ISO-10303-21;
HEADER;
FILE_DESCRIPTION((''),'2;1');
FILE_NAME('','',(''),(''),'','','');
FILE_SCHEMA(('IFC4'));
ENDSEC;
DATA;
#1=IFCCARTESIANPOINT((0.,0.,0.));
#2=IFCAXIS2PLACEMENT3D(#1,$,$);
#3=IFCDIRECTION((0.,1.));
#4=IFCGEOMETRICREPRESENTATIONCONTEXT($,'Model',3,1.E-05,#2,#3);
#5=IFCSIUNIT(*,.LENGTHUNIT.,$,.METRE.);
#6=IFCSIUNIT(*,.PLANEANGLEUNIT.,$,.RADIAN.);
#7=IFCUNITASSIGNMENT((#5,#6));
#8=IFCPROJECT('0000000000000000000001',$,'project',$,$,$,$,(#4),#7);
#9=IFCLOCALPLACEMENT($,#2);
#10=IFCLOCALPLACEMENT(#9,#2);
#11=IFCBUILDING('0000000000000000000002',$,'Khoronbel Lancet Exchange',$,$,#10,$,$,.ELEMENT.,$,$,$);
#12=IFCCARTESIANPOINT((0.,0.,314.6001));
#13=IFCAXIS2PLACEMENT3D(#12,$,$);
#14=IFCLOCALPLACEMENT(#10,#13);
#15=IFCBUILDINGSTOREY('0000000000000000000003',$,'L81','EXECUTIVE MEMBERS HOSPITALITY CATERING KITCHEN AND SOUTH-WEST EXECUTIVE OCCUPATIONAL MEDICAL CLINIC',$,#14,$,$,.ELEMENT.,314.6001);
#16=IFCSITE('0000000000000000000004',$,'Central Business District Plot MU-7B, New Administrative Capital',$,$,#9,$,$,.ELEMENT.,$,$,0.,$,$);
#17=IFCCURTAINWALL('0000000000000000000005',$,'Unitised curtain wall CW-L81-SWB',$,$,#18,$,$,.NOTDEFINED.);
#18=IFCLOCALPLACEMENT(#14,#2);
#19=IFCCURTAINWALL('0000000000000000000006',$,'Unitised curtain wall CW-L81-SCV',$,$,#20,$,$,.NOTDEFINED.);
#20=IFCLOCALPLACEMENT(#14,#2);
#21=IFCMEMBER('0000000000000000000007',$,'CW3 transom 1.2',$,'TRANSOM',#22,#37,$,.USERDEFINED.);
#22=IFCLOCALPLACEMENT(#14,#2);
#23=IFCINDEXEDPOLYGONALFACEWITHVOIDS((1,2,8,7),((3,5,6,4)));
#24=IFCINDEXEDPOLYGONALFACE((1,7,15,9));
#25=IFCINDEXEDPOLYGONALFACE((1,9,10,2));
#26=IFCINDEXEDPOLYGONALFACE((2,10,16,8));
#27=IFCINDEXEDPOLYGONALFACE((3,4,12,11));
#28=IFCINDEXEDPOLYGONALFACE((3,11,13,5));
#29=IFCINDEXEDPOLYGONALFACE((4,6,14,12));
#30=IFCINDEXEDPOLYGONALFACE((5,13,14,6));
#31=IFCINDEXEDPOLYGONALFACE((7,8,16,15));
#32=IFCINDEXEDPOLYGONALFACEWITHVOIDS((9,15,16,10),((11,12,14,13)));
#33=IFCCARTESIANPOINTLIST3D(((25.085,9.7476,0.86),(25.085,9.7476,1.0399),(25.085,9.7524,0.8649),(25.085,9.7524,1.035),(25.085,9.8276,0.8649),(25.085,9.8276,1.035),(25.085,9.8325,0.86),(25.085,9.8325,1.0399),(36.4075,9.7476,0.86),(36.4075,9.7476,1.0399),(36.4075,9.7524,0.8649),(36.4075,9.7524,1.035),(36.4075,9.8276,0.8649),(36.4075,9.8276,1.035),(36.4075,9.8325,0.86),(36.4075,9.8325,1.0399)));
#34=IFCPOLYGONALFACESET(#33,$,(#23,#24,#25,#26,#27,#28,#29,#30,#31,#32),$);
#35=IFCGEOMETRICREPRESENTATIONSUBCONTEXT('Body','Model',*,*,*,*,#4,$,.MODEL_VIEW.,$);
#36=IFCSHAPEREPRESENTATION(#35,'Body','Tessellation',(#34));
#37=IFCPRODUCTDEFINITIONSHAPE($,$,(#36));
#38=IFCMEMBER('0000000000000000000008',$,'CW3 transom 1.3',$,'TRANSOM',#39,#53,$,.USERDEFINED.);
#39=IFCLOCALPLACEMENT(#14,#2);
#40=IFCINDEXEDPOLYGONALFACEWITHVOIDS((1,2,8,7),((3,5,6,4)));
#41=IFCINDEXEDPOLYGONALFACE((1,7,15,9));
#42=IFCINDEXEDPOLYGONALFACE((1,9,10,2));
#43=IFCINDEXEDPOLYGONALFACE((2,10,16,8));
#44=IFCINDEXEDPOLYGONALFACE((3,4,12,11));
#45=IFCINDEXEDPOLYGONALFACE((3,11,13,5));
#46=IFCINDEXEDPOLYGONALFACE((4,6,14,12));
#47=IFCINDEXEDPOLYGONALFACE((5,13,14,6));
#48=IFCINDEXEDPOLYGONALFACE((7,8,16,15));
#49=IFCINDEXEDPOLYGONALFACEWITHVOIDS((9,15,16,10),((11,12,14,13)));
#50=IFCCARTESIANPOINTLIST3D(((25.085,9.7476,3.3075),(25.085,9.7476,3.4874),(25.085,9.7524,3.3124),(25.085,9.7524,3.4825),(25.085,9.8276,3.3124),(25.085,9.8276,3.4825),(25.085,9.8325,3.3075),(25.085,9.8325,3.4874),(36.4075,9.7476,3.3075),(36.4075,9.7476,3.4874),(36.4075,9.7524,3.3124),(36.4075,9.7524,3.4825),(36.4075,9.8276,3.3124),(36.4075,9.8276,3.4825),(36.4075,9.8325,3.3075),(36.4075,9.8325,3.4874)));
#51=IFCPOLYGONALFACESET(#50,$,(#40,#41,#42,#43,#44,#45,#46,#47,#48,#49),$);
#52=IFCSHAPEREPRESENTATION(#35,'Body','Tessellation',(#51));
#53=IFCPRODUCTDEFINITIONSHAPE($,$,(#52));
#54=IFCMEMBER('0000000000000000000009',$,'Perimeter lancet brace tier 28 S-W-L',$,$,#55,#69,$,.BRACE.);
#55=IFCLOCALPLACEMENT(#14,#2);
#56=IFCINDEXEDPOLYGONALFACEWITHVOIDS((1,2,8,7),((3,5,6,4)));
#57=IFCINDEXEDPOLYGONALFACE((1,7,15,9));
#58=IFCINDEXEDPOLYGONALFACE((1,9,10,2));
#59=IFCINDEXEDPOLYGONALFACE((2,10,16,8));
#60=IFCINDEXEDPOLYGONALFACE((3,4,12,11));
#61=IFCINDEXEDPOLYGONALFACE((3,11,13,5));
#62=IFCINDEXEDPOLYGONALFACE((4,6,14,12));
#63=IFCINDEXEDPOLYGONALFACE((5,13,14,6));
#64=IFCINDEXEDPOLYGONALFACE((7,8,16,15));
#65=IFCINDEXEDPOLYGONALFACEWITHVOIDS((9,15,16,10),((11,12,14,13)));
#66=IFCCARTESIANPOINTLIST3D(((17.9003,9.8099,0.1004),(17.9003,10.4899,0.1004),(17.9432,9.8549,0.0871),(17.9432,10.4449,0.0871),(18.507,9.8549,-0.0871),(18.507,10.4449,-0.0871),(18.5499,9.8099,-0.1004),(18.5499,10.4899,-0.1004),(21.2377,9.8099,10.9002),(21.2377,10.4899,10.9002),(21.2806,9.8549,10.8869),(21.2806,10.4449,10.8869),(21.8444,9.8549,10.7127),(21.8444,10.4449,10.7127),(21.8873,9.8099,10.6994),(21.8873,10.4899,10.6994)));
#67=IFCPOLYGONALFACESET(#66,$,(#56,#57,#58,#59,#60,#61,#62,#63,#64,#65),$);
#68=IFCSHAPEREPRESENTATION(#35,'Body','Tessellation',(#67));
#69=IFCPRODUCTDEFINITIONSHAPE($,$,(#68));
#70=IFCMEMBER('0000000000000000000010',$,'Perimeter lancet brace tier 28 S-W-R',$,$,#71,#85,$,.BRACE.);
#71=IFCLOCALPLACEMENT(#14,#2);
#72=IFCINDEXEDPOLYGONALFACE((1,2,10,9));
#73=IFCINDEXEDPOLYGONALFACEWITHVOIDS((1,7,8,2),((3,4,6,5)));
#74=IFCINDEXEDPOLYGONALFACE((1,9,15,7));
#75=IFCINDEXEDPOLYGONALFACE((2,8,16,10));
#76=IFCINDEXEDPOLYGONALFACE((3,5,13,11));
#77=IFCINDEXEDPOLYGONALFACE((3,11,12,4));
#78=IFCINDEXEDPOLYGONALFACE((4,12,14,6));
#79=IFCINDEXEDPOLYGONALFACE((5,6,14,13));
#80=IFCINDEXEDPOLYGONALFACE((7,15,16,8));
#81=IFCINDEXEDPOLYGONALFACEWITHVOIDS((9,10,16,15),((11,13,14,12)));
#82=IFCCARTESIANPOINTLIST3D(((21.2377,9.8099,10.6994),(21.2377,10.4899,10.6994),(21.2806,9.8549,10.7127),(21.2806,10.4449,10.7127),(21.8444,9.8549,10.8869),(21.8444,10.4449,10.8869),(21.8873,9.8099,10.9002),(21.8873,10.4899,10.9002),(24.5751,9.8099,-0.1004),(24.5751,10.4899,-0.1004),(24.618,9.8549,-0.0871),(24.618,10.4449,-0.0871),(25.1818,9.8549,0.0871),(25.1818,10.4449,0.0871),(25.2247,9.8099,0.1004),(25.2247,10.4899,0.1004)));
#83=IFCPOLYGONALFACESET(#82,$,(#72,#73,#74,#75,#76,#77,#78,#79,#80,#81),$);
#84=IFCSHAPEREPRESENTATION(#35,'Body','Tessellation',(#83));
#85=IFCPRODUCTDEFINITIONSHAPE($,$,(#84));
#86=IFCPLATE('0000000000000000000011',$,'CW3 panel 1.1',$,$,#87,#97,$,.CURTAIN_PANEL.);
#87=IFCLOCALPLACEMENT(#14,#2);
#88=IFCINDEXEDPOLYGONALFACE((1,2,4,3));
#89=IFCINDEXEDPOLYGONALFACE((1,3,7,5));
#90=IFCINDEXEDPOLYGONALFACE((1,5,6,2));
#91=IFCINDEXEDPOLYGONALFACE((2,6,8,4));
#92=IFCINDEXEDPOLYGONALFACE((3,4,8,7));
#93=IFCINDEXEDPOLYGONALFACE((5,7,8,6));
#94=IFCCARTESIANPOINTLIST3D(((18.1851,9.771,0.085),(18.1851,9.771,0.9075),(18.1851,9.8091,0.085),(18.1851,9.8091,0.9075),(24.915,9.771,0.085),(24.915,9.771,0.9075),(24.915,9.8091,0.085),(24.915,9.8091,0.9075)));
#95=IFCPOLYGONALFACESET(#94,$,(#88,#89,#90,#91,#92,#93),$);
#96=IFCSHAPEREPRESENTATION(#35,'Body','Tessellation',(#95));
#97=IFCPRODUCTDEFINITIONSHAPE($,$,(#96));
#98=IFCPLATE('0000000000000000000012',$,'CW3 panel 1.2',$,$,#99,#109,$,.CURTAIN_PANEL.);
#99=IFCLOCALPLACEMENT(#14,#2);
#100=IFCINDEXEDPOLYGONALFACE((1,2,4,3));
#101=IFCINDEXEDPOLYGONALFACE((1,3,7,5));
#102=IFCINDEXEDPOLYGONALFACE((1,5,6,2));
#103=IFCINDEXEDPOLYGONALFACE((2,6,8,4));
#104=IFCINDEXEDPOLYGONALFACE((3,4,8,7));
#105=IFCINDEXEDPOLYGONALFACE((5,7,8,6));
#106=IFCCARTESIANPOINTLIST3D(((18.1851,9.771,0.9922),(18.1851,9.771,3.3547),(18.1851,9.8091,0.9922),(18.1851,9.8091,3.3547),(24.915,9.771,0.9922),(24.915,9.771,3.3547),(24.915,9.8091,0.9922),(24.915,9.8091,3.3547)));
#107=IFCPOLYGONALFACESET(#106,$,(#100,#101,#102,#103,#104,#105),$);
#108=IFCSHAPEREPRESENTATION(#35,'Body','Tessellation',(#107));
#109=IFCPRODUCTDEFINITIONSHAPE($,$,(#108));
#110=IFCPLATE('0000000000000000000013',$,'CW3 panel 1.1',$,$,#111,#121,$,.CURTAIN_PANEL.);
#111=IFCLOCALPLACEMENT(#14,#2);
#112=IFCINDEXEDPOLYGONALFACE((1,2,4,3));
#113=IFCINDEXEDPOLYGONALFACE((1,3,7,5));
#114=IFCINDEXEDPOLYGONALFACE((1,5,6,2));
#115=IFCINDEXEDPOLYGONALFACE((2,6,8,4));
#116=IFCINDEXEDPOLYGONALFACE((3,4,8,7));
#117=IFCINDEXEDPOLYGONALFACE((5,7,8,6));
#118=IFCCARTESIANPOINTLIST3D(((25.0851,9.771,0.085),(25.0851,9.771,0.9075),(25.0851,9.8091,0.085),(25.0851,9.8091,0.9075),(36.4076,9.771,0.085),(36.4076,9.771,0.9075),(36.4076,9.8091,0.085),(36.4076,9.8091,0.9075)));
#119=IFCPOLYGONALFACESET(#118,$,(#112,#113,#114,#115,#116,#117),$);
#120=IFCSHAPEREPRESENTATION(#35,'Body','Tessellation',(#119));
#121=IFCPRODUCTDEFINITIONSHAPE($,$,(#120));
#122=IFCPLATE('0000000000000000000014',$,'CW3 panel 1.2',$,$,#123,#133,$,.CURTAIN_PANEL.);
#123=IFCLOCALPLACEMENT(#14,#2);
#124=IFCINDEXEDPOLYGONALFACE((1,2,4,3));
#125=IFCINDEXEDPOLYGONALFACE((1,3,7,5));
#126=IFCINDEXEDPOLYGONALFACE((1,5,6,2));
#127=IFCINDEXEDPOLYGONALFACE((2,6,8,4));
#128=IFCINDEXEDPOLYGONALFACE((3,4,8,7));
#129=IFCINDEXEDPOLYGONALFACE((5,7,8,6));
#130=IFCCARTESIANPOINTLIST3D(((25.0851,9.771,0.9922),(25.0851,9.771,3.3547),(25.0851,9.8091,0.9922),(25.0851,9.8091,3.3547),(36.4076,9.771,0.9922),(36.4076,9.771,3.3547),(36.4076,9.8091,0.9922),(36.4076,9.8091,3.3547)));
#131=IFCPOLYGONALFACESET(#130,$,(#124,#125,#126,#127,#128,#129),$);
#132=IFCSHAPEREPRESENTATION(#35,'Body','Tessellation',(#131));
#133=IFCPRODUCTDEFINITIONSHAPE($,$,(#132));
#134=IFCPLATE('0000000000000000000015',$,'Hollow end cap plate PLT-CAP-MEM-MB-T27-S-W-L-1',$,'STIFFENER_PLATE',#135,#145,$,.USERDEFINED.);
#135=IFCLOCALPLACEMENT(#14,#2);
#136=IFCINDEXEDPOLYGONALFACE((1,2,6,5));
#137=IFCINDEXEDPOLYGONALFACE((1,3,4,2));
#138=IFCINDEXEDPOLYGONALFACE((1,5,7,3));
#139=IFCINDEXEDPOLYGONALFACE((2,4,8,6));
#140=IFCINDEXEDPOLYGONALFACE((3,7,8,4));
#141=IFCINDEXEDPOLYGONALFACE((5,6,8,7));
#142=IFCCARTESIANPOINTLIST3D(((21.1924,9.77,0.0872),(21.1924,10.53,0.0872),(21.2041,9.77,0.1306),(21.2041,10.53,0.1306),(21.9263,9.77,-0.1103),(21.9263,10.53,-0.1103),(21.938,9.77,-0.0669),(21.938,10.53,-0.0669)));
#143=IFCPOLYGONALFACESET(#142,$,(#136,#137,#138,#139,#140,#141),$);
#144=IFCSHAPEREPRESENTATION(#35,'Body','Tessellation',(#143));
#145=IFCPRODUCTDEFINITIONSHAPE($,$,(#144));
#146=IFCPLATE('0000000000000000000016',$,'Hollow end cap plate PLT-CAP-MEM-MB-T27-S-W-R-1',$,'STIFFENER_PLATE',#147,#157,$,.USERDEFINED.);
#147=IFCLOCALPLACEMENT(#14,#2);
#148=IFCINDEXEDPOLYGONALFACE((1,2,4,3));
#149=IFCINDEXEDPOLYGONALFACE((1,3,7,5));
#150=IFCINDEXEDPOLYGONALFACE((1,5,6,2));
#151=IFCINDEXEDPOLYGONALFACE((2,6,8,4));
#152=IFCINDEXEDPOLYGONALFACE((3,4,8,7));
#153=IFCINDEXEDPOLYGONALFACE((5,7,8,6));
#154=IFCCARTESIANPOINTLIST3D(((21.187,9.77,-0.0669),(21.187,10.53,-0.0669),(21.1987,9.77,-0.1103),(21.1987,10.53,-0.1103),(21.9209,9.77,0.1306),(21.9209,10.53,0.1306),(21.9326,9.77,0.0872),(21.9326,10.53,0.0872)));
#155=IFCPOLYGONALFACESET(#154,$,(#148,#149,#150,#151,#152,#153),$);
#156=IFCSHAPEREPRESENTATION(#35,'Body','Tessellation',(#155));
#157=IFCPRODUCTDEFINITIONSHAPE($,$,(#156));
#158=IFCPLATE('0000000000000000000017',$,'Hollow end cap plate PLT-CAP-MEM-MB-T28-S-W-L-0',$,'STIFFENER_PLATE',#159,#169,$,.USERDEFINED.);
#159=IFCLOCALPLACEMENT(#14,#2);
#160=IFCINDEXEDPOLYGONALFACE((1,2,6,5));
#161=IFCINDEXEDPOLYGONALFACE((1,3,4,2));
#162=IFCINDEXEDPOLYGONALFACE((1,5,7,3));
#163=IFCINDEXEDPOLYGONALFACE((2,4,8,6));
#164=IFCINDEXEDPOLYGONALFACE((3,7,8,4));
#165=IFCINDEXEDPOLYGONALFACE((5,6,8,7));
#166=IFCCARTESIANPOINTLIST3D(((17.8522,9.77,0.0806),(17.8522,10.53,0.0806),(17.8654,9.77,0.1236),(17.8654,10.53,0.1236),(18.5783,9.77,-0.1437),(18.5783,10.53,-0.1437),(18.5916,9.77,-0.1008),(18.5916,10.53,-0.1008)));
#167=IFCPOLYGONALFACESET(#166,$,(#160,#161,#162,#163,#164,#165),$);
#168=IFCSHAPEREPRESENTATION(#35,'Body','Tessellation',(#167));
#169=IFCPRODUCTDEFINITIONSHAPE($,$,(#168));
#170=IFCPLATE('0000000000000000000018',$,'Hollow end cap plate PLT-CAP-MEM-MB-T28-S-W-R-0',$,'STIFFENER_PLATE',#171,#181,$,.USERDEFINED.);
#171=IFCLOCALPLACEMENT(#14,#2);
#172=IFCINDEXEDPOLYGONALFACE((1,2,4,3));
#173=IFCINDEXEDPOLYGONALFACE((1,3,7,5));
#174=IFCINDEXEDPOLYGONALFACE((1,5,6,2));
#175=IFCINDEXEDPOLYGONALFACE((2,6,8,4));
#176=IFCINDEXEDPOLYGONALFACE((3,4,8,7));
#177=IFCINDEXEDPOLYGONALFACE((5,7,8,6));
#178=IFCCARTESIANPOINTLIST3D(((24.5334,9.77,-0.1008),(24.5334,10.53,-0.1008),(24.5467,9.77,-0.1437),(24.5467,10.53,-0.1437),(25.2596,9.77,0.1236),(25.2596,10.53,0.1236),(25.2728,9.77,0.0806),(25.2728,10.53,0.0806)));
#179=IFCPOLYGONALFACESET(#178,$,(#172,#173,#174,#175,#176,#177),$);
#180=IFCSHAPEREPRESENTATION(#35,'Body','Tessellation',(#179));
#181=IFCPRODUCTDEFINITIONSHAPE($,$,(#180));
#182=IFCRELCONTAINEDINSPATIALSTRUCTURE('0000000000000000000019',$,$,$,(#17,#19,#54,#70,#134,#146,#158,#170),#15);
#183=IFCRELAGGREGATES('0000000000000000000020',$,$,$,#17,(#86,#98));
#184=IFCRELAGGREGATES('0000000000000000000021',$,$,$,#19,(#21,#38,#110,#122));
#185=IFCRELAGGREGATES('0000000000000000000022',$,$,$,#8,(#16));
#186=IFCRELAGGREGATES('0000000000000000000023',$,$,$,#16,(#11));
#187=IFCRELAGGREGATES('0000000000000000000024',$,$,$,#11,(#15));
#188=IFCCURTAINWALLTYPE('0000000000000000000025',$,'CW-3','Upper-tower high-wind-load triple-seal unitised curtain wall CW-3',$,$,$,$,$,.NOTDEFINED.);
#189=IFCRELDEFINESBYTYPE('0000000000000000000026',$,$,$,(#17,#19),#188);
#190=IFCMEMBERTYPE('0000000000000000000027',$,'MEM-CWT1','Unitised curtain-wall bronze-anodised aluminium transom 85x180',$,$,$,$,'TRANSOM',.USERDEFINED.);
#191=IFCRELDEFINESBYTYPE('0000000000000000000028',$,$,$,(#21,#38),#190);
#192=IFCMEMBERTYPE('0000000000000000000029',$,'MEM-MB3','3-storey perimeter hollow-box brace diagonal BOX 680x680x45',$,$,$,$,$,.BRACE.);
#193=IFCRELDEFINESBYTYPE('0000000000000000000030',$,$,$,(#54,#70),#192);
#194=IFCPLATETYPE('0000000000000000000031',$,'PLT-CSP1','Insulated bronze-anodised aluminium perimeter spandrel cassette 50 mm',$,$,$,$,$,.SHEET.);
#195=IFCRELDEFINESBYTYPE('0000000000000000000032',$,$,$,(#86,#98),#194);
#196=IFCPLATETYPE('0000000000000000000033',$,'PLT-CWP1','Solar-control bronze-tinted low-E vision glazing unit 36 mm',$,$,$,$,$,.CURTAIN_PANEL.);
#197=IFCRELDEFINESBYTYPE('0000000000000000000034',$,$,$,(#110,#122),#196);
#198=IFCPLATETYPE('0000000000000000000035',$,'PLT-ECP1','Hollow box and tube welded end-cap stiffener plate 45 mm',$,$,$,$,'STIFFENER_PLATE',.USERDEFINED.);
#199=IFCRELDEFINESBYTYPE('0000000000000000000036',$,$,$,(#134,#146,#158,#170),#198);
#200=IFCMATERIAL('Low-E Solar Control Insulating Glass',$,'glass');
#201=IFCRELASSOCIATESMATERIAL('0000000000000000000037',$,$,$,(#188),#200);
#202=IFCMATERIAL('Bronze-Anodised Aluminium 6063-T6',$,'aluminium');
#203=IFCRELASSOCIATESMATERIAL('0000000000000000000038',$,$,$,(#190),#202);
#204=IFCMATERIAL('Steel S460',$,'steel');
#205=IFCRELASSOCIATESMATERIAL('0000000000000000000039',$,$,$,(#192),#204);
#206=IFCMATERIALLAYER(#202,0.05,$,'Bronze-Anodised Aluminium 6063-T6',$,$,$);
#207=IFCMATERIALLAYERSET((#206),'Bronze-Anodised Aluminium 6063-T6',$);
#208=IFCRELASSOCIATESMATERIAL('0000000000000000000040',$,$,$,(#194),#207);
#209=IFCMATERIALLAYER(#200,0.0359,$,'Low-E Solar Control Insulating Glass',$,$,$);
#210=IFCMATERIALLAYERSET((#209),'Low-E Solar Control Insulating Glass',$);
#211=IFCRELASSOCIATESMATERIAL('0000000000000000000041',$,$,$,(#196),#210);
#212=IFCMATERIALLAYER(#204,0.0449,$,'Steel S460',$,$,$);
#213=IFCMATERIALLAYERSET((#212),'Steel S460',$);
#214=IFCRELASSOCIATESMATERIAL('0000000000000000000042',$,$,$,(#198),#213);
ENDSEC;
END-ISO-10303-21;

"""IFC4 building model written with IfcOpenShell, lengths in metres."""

from ifc_helpers import new_model, si_unit, direction, frame, origin, origin_2d, place, context, subcontext, project, spatial, polyline, rectangle, hollow_rectangle, outline, extrude, material, layer, layer_set, material_profile, profile_set, type_object, element, aggregate, save


model = new_model("IFC4")

# Units and contexts
model_context = context("Model", 3, precision=1e-05, world=origin(), true_north=direction((0.0, 1.0)))
body_context = subcontext(model_context, "Body", "Model", "MODEL_VIEW")
ifc_project = project(units=[si_unit("LENGTHUNIT", "METRE"), si_unit("PLANEANGLEUNIT", "RADIAN")], contexts=[model_context])

# Site, building, storey
site_placement = place(None, origin())
site = spatial("IfcSite", under=ifc_project, at=site_placement, Name="Central Business District Plot MU-7B, New Administrative Capital", CompositionType="ELEMENT", RefElevation=0.0)
building_placement = place(site_placement, origin())
building = spatial("IfcBuilding", under=site, at=building_placement, Name="Khoronbel Lancet Exchange", CompositionType="ELEMENT")
storey_placement = place(building_placement, frame((0.0, 0.0, 314.6001)))
storey = spatial("IfcBuildingStorey", under=building, at=storey_placement, Name="L81", Description="EXECUTIVE MEMBERS HOSPITALITY CATERING KITCHEN AND SOUTH-WEST EXECUTIVE OCCUPATIONAL MEDICAL CLINIC", CompositionType="ELEMENT", Elevation=314.6001)

# Shared definitions
ifc_material_1 = material(Name="Steel S460", Category="steel")

# Curtain wall
ifc_material_2 = material(Name="Low-E Solar Control Insulating Glass", Category="glass")
curtain_wall_type = type_object("IfcCurtainWallType", Name="CW-3", Description="Upper-tower high-wind-load triple-seal unitised curtain wall CW-3", PredefinedType="NOTDEFINED", material=ifc_material_2)
curtain_wall_1_placement = place(storey_placement, origin())
curtain_wall_1 = element("IfcCurtainWall", 1, at=curtain_wall_1_placement, inside=storey, type_object=curtain_wall_type, Name="Unitised curtain wall CW-L81-SWB", PredefinedType="NOTDEFINED")
ifc_material_3 = material(Name="Bronze-Anodised Aluminium 6063-T6", Category="aluminium")

# Curtain wall, members
curtain_wall_2_placement = place(storey_placement, origin())
curtain_wall_2 = element("IfcCurtainWall", 2, at=curtain_wall_2_placement, inside=storey, type_object=curtain_wall_type, Name="Unitised curtain wall CW-L81-SCV", PredefinedType="NOTDEFINED")
ifc_material_profile_1 = material_profile(ifc_material_3, hollow_rectangle(XDim=0.085, YDim=0.1799, WallThickness=0.0049, at=origin_2d()), Name="ALU TRANSOM 85x180")
ifc_profile_set_1 = profile_set([ifc_material_profile_1], Name="Bronze-Anodised Aluminium 6063-T6")
member_type_1 = type_object("IfcMemberType", Name="MEM-CWT1", Description="Unitised curtain-wall bronze-anodised aluminium transom 85x180", ElementType="TRANSOM", PredefinedType="USERDEFINED", material=ifc_profile_set_1)
member_1_placement = place(storey_placement, frame((25.085, 9.79, 0.95), z_axis=(1.0, 0.0, 0.0), x_axis=(0.0, 1.0, 0.0)))
member_1 = element("IfcMember", 3, at=member_1_placement, type_object=member_type_1, Name="CW3 transom 1.2", ObjectType="TRANSOM", PredefinedType="USERDEFINED", context=body_context, shape_type="SweptSolid", body=[
    extrude(hollow_rectangle(XDim=0.085, YDim=0.1799, WallThickness=0.0049, at=origin_2d()), origin(), (0.0, 0.0, 1.0), 11.3225),
])
member_2_placement = place(storey_placement, frame((25.085, 9.79, 3.3975), z_axis=(1.0, 0.0, 0.0), x_axis=(0.0, 1.0, 0.0)))
member_2 = element("IfcMember", 4, at=member_2_placement, type_object=member_type_1, Name="CW3 transom 1.3", ObjectType="TRANSOM", PredefinedType="USERDEFINED", context=body_context, shape_type="SweptSolid", body=[
    extrude(hollow_rectangle(XDim=0.085, YDim=0.1799, WallThickness=0.0049, at=origin_2d()), origin(), (0.0, 0.0, 1.0), 11.3225),
])

# Members
ifc_material_profile_2 = material_profile(ifc_material_1, hollow_rectangle(XDim=0.6799, YDim=0.6799, WallThickness=0.0449, at=origin_2d()), Name="BOX 680x680x45")
ifc_profile_set_2 = profile_set([ifc_material_profile_2], Name="Steel S460")
member_type_2 = type_object("IfcMemberType", Name="MEM-MB3", Description="3-storey perimeter hollow-box brace diagonal BOX 680x680x45", PredefinedType="BRACE", material=ifc_profile_set_2)
for number, where, z_axis, x_axis, name in (
    (5, (18.2251, 10.1499, 0.0), (0.295248, 0.0, 0.955421), (0.0, 1.0, 0.0), "Perimeter lancet brace tier 28 S-W-L"),
    (6, (24.8999, 10.1499, 0.0), (-0.295248, 0.0, 0.955421), (0.0, -1.0, 0.0), "Perimeter lancet brace tier 28 S-W-R"),
):
    element("IfcMember", number, at=place(storey_placement, frame(where, z_axis=z_axis, x_axis=x_axis)), inside=storey, type_object=member_type_2, Name=name, PredefinedType="BRACE", context=body_context, shape_type="SweptSolid", body=[
        extrude(hollow_rectangle(XDim=0.6799, YDim=0.6799, WallThickness=0.0449, at=origin_2d()), origin(), (0.0, 0.0, 1.0), 11.3037),
    ])

# Plates
ifc_layer_1 = layer(ifc_material_3, 0.05, Name="Bronze-Anodised Aluminium 6063-T6")
ifc_layer_set_1 = layer_set([ifc_layer_1], Name="Bronze-Anodised Aluminium 6063-T6")
plate_type_1 = type_object("IfcPlateType", Name="PLT-CSP1", Description="Insulated bronze-anodised aluminium perimeter spandrel cassette 50 mm", PredefinedType="SHEET", material=ifc_layer_set_1)
plate_1_placement = place(storey_placement, frame((21.55, 9.79, 0.085), z_axis=(0.0, 0.0, 1.0), x_axis=(1.0, 0.0, 0.0)))
plate_1 = element("IfcPlate", 7, at=plate_1_placement, type_object=plate_type_1, Name="CW3 panel 1.1", PredefinedType="CURTAIN_PANEL", context=body_context, shape_type="SweptSolid", body=[
    extrude(rectangle(XDim=6.73, YDim=0.0381, at=origin_2d()), origin(), (0.0, 0.0, 1.0), 0.8225),
])
plate_2_placement = place(storey_placement, frame((21.55, 9.79, 0.9922), z_axis=(0.0, 0.0, 1.0), x_axis=(1.0, 0.0, 0.0)))
plate_2 = element("IfcPlate", 8, at=plate_2_placement, type_object=plate_type_1, Name="CW3 panel 1.2", PredefinedType="CURTAIN_PANEL", context=body_context, shape_type="SweptSolid", body=[
    extrude(rectangle(XDim=6.73, YDim=0.0381, at=origin_2d()), origin(), (0.0, 0.0, 1.0), 2.3625),
])
aggregate(curtain_wall_1, [plate_1, plate_2])
ifc_layer_2 = layer(ifc_material_2, 0.0359, Name="Low-E Solar Control Insulating Glass")
ifc_layer_set_2 = layer_set([ifc_layer_2], Name="Low-E Solar Control Insulating Glass")
plate_type_2 = type_object("IfcPlateType", Name="PLT-CWP1", Description="Solar-control bronze-tinted low-E vision glazing unit 36 mm", PredefinedType="CURTAIN_PANEL", material=ifc_layer_set_2)
plate_3_placement = place(storey_placement, frame((30.7463, 9.79, 0.085), z_axis=(0.0, 0.0, 1.0), x_axis=(1.0, 0.0, 0.0)))
plate_3 = element("IfcPlate", 9, at=plate_3_placement, type_object=plate_type_2, Name="CW3 panel 1.1", PredefinedType="CURTAIN_PANEL", context=body_context, shape_type="SweptSolid", body=[
    extrude(rectangle(XDim=11.3225, YDim=0.0381, at=origin_2d()), origin(), (0.0, 0.0, 1.0), 0.8225),
])
plate_4_placement = place(storey_placement, frame((30.7463, 9.79, 0.9922), z_axis=(0.0, 0.0, 1.0), x_axis=(1.0, 0.0, 0.0)))
plate_4 = element("IfcPlate", 10, at=plate_4_placement, type_object=plate_type_2, Name="CW3 panel 1.2", PredefinedType="CURTAIN_PANEL", context=body_context, shape_type="SweptSolid", body=[
    extrude(rectangle(XDim=11.3225, YDim=0.0381, at=origin_2d()), origin(), (0.0, 0.0, 1.0), 2.3625),
])
aggregate(curtain_wall_2, [member_1, member_2, plate_3, plate_4])

# Plates
ifc_layer_3 = layer(ifc_material_1, 0.0449, Name="Steel S460")
ifc_layer_set_3 = layer_set([ifc_layer_3], Name="Steel S460")
plate_type_3 = type_object("IfcPlateType", Name="PLT-ECP1", Description="Hollow box and tube welded end-cap stiffener plate 45 mm", ElementType="STIFFENER_PLATE", PredefinedType="USERDEFINED", material=ifc_layer_set_3)
for number, where, z_axis, x_axis, name in (
    (11, (21.938, 9.77, -0.0669), (0.259881, 0.0, 0.965641), (0.0, 1.0, 0.0), "Hollow end cap plate PLT-CAP-MEM-MB-T27-S-W-L-1"),
    (12, (21.187, 10.53, -0.0669), (-0.259881, 0.0, 0.965641), (0.0, -1.0, 0.0), "Hollow end cap plate PLT-CAP-MEM-MB-T27-S-W-R-1"),
    (13, (18.5916, 9.77, -0.1008), (0.295237, 0.0, 0.955424), (0.0, 1.0, 0.0), "Hollow end cap plate PLT-CAP-MEM-MB-T28-S-W-L-0"),
    (14, (24.5334, 10.53, -0.1008), (-0.295237, 0.0, 0.955424), (0.0, -1.0, 0.0), "Hollow end cap plate PLT-CAP-MEM-MB-T28-S-W-R-0"),
):
    element("IfcPlate", number, at=place(storey_placement, frame(where, z_axis=z_axis, x_axis=x_axis)), inside=storey, type_object=plate_type_3, Name=name, ObjectType="STIFFENER_PLATE", PredefinedType="USERDEFINED", context=body_context, shape_type="SweptSolid", body=[
        extrude(outline(polyline([(0.0, 0.0), (0.76, 0.0), (0.76, 0.76), (0.0, 0.76), (0.0, 0.0)])), origin(), (0.0, 0.0, -1.0), 0.0449),
    ])

save(model, "model.ifc")
